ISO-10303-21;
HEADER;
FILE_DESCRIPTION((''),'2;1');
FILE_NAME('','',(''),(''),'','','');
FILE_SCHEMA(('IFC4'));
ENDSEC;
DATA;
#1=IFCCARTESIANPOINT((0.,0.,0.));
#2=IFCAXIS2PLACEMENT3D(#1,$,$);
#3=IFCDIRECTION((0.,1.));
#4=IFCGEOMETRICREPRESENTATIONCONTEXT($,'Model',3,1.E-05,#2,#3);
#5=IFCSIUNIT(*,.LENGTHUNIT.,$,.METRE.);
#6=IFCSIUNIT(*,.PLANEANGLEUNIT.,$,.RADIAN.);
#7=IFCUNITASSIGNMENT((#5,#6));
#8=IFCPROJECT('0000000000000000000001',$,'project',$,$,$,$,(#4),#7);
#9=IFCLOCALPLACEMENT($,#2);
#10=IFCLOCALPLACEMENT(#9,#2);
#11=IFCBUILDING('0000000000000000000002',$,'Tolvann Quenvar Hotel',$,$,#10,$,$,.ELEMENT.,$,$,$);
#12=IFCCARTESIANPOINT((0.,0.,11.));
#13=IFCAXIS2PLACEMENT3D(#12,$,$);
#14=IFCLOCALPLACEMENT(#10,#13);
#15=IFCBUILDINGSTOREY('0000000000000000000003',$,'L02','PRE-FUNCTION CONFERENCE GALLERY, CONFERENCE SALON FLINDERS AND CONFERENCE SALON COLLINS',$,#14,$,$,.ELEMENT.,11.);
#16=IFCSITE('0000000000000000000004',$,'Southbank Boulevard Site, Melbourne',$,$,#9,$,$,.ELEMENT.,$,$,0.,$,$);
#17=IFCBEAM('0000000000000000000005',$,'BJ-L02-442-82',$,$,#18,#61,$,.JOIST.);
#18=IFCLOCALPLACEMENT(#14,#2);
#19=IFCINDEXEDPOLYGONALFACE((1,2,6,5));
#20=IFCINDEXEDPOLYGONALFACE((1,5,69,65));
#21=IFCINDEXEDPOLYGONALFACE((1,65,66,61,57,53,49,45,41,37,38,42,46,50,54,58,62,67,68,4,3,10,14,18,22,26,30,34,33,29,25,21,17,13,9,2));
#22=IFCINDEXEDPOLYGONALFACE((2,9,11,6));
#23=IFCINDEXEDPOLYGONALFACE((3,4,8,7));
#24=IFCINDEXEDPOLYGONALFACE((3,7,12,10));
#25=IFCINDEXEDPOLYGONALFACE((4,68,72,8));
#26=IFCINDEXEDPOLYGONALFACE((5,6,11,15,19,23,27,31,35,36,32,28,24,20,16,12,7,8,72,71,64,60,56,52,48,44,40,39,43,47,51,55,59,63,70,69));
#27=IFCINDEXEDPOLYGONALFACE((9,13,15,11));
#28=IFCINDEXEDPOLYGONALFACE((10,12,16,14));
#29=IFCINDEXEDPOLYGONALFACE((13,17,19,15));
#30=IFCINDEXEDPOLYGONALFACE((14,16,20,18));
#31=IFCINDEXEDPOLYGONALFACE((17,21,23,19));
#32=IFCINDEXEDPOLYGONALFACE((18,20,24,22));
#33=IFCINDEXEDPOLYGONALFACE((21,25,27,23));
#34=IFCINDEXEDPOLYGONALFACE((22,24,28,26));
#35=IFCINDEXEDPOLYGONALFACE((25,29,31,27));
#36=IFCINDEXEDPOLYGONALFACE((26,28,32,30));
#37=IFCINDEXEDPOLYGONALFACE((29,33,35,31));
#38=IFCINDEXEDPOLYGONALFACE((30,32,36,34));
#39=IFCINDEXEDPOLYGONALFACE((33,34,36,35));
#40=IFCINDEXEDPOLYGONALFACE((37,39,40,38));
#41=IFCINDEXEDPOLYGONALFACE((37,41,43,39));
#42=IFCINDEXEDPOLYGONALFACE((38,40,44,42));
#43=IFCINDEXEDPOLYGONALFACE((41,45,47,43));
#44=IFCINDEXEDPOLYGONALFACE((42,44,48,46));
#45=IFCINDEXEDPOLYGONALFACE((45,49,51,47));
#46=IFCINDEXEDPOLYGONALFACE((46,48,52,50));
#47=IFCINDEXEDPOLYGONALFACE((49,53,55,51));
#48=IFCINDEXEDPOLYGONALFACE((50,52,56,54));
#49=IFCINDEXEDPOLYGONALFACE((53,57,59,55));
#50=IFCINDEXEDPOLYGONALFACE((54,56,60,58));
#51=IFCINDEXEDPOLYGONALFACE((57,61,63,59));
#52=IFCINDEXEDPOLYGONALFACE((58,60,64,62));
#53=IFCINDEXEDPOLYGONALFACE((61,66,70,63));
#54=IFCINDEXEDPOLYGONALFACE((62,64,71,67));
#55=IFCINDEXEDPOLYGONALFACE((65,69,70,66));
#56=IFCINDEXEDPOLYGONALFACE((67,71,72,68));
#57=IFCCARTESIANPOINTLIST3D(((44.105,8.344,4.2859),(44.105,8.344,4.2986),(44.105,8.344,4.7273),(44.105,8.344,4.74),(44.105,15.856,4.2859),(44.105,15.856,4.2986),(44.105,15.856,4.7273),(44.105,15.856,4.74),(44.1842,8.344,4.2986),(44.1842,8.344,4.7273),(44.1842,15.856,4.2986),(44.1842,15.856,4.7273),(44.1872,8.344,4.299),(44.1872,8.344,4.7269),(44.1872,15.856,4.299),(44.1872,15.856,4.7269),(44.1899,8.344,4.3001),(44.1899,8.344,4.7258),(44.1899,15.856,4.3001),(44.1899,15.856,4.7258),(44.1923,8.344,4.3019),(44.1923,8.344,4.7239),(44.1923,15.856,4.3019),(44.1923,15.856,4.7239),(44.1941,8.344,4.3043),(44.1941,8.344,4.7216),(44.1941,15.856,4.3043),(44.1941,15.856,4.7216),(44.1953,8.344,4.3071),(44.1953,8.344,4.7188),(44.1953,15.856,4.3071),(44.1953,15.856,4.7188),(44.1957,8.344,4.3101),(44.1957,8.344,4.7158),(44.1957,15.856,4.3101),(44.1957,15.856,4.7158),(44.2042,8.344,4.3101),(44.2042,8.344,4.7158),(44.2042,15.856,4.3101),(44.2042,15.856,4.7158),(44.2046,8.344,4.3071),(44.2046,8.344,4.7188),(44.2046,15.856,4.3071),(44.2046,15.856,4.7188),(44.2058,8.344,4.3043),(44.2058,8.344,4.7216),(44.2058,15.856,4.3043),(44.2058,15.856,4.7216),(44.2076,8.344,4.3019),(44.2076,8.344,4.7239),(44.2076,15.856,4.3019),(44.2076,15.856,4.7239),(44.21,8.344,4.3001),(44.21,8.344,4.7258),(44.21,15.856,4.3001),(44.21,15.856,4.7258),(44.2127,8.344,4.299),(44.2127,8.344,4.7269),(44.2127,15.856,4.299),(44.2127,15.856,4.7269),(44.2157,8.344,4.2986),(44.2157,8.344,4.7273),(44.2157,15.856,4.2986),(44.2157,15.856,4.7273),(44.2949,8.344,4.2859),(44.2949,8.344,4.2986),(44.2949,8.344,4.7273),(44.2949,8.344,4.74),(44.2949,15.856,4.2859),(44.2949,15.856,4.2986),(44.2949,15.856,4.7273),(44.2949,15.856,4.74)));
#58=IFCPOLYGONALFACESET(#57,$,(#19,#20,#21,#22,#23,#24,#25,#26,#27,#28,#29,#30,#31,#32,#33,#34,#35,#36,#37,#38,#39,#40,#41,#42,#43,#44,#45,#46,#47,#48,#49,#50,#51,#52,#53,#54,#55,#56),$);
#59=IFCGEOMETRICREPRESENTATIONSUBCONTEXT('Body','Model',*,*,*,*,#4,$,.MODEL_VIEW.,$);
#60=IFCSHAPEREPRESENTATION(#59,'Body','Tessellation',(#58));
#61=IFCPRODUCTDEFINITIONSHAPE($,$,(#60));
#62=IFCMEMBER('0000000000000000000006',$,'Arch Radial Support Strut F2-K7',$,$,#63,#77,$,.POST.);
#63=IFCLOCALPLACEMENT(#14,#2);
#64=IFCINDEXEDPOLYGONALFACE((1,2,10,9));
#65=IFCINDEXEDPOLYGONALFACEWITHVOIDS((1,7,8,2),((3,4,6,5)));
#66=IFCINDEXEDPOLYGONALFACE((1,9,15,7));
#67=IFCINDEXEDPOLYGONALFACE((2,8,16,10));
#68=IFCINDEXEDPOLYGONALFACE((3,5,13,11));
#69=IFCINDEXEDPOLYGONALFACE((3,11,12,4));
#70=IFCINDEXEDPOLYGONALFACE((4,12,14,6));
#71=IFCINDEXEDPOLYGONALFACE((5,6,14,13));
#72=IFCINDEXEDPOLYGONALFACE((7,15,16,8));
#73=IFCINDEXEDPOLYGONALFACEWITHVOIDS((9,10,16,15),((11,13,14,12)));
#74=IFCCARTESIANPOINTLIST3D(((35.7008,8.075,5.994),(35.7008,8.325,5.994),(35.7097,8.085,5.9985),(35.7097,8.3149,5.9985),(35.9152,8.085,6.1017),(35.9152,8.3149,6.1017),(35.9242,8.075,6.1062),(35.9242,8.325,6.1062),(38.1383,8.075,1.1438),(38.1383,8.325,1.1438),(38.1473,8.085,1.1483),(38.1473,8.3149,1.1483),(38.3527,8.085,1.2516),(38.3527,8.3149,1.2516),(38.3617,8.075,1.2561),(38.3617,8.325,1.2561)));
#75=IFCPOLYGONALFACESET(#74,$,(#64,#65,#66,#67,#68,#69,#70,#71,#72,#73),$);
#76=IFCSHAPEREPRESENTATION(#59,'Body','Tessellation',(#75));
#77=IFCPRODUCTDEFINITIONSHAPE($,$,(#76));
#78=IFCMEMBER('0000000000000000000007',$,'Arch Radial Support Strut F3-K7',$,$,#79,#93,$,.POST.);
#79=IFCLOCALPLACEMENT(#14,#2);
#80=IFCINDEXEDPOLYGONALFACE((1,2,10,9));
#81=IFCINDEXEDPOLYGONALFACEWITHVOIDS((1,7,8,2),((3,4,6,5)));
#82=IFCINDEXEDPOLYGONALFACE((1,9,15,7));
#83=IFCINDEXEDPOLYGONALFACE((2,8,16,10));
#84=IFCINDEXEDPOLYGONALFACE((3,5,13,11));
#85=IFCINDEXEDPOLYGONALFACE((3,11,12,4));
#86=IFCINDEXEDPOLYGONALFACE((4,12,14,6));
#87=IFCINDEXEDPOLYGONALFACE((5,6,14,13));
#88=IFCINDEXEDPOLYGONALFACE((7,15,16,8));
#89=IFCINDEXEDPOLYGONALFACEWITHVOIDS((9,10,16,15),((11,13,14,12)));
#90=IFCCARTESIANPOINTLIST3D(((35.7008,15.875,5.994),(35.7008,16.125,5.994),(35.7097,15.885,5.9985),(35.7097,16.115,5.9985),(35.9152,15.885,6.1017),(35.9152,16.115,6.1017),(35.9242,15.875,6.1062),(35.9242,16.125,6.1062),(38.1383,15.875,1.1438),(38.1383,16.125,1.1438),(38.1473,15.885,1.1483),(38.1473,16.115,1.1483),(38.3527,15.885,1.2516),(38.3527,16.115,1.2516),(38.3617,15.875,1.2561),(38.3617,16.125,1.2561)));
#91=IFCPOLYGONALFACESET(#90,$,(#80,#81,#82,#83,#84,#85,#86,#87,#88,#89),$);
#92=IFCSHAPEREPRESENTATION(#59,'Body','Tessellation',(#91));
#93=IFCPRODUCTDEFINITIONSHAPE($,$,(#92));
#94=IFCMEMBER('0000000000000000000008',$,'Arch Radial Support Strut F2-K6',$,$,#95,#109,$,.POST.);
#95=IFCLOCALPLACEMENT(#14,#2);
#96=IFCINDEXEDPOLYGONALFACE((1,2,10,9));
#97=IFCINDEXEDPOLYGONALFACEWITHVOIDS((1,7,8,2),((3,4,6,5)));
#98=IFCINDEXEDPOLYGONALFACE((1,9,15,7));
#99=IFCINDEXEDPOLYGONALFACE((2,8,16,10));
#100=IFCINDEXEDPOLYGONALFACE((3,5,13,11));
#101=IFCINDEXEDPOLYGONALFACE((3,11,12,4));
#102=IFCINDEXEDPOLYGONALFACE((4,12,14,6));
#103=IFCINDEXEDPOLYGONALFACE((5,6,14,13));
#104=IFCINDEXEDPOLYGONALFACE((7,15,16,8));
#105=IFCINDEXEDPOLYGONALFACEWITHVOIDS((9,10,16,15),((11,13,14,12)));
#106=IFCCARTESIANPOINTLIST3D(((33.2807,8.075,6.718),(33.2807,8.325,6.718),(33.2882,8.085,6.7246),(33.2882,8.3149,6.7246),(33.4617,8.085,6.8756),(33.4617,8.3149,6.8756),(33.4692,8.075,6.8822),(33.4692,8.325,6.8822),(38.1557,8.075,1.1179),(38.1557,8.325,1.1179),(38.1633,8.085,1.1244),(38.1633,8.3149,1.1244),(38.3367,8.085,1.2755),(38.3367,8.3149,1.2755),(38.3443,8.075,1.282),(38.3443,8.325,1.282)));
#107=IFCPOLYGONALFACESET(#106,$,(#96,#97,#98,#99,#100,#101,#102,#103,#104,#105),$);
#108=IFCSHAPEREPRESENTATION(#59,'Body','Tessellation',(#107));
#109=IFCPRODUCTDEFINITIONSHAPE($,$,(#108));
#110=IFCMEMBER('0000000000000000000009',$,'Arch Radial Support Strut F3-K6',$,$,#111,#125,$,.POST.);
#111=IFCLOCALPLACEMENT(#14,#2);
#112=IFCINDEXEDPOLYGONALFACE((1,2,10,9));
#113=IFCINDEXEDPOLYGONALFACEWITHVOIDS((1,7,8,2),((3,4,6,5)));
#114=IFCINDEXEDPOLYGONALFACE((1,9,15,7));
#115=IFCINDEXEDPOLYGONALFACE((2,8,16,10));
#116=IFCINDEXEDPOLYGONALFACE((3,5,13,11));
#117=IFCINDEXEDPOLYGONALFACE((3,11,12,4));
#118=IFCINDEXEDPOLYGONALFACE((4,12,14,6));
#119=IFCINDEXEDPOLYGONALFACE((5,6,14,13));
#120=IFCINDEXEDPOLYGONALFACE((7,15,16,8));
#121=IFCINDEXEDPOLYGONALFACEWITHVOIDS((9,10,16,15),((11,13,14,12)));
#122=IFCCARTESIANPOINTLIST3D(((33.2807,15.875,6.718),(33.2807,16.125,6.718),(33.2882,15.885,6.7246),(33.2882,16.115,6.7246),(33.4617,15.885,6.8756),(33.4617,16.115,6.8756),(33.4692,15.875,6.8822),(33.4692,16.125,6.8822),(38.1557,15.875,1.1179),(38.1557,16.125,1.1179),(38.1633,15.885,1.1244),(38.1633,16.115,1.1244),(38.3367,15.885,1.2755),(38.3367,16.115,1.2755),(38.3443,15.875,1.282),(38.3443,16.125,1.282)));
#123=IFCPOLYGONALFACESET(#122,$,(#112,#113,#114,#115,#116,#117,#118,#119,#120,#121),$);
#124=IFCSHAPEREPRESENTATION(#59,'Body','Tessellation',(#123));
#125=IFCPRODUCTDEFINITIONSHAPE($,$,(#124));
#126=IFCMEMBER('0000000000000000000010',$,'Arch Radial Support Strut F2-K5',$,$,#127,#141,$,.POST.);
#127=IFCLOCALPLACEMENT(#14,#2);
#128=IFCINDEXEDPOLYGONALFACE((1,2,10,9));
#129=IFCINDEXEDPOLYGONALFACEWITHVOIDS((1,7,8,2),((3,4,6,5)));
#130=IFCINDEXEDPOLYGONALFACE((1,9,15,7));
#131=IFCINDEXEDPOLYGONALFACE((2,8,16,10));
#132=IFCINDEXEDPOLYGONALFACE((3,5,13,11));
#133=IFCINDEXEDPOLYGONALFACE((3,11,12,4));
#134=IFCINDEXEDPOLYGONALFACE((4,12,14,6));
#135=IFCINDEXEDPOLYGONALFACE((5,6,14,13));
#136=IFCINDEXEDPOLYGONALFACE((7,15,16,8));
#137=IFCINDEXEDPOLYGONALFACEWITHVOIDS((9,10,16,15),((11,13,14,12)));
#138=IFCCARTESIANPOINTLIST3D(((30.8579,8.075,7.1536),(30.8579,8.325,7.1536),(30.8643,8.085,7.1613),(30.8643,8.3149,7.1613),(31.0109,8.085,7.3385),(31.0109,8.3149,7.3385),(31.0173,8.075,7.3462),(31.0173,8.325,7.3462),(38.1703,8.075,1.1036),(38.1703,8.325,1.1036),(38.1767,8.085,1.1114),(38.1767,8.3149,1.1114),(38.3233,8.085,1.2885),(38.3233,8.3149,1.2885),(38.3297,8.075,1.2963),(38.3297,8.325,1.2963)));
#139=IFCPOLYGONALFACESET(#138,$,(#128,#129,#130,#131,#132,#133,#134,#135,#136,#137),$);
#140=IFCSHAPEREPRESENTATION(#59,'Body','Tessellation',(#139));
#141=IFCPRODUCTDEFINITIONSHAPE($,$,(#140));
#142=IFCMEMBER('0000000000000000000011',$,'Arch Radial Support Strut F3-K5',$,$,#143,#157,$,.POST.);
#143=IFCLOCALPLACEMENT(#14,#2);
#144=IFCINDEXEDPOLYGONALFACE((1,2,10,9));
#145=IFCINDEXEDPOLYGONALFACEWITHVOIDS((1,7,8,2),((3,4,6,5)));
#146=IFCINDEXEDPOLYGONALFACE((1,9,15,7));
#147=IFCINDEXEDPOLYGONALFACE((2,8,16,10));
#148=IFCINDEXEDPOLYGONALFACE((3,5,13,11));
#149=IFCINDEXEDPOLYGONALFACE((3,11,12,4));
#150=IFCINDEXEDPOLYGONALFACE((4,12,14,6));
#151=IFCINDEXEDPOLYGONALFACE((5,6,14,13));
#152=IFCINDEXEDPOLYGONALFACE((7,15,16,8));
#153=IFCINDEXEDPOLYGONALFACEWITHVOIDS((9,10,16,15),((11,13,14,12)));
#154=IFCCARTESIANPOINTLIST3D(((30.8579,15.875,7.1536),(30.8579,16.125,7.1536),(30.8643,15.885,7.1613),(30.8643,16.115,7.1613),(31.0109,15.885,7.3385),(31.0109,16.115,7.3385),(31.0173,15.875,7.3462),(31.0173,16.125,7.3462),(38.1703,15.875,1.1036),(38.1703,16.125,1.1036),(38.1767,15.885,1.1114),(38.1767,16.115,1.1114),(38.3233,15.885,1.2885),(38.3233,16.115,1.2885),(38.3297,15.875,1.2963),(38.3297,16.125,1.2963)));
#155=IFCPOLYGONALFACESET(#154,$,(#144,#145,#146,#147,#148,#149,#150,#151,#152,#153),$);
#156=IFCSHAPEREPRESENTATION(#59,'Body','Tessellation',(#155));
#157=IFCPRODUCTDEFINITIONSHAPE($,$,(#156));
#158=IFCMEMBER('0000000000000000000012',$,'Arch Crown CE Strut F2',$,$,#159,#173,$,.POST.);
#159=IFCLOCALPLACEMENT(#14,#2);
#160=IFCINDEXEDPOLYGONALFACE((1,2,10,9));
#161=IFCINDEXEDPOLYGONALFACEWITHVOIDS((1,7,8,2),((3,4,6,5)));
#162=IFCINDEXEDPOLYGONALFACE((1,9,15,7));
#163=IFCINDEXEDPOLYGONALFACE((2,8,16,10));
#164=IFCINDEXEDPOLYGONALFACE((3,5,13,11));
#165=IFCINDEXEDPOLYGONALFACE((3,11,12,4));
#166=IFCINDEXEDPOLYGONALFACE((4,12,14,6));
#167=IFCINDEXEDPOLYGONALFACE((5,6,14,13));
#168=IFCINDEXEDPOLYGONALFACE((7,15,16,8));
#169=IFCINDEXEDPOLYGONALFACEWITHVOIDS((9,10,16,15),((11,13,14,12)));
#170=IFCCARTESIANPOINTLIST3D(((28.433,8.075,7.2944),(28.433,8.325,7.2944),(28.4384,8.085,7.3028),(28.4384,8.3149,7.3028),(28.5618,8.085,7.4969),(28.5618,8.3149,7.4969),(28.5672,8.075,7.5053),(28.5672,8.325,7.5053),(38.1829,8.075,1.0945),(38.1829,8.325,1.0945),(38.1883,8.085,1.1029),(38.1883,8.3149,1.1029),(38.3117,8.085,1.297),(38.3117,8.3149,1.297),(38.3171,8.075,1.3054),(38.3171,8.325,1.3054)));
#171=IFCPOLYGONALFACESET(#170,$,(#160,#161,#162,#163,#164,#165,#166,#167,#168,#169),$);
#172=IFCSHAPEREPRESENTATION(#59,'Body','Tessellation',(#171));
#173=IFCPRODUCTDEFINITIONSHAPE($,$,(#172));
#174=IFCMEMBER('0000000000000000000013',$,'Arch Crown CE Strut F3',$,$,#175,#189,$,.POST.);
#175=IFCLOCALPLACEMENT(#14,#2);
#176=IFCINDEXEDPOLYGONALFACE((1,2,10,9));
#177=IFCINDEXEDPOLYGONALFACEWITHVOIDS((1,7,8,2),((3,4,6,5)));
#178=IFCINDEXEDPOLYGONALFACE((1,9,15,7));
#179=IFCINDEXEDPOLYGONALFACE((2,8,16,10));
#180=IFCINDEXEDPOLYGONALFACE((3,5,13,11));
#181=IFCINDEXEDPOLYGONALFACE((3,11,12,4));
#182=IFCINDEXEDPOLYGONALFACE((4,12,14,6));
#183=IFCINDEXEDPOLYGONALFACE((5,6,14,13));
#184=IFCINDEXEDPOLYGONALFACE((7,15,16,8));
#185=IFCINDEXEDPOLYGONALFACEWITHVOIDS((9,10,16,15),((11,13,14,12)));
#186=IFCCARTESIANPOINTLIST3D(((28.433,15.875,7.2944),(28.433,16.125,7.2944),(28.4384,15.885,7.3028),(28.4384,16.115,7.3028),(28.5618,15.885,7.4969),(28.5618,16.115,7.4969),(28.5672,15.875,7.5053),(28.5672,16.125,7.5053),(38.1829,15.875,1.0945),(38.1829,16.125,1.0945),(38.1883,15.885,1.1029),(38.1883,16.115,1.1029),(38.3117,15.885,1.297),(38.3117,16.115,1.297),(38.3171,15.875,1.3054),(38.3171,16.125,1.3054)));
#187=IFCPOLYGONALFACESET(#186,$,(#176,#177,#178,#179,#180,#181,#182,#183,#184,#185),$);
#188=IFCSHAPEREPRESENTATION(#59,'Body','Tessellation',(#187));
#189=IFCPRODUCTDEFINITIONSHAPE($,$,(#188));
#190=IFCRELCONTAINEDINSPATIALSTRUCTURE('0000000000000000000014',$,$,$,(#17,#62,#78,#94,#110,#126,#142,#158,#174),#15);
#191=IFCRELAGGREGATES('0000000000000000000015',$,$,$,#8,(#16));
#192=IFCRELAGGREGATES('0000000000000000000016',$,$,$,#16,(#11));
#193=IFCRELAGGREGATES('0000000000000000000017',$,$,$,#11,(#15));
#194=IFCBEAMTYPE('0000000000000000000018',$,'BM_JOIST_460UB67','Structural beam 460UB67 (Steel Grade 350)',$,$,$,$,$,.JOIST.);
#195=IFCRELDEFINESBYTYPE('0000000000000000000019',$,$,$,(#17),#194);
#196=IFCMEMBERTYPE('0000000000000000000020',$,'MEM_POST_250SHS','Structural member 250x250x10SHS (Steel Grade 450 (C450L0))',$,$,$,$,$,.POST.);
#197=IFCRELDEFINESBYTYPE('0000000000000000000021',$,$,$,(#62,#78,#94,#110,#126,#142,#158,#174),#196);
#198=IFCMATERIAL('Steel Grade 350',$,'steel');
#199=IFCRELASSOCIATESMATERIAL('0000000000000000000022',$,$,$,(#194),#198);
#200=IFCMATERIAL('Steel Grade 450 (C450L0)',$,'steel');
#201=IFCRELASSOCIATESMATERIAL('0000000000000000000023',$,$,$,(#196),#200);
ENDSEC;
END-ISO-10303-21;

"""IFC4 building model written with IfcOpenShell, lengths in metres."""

from ifc_helpers import new_model, si_unit, direction, frame, origin, origin_2d, place, context, subcontext, project, spatial, hollow_rectangle, i_section, extrude, source, transform, mapped, material, material_profile, profile_set, type_object, type_shapes, element, save


model = new_model("IFC4")

# Units and contexts
model_context = context("Model", 3, precision=1e-05, world=origin(), true_north=direction((0.0, 1.0)))
body_context = subcontext(model_context, "Body", "Model", "MODEL_VIEW")
ifc_project = project(units=[si_unit("LENGTHUNIT", "METRE"), si_unit("PLANEANGLEUNIT", "RADIAN")], contexts=[model_context])

# Site, building, storey
site_placement = place(None, origin())
site = spatial("IfcSite", under=ifc_project, at=site_placement, Name="Southbank Boulevard Site, Melbourne", CompositionType="ELEMENT", RefElevation=0.0)
building_placement = place(site_placement, origin())
building = spatial("IfcBuilding", under=site, at=building_placement, Name="Tolvann Quenvar Hotel", CompositionType="ELEMENT")
storey_placement = place(building_placement, frame((0.0, 0.0, 11.0)))
storey = spatial("IfcBuildingStorey", under=building, at=storey_placement, Name="L02", Description="PRE-FUNCTION CONFERENCE GALLERY, CONFERENCE SALON FLINDERS AND CONFERENCE SALON COLLINS", CompositionType="ELEMENT", Elevation=11.0)

# Beam
ifc_material_1 = material(Name="Steel Grade 350", Category="steel")
ifc_material_profile_1 = material_profile(ifc_material_1, i_section(OverallWidth=0.1899, OverallDepth=0.4541, WebThickness=0.0085, FlangeThickness=0.0127, FilletRadius=0.0115, at=origin_2d()), Name="460UB67")
ifc_profile_set_1 = profile_set([ifc_material_profile_1], Name="Steel Grade 350")
beam_type_1 = type_object("IfcBeamType", Name="BM_JOIST_460UB67", Description="Structural beam 460UB67 (Steel Grade 350)", PredefinedType="JOIST", material=ifc_profile_set_1)
shared_shape_1 = source(origin(), body_context, "Body", "SweptSolid", [
    extrude(i_section(OverallWidth=0.1899, OverallDepth=0.4541, WebThickness=0.0085, FlangeThickness=0.0127, FilletRadius=0.0115, at=origin_2d()), origin(), (0.0, 0.0, 1.0), 7.512),
])
type_shapes(beam_type_1, [shared_shape_1])
for number, where, z_axis, x_axis, name in (
    (1, (44.2, 8.344, 4.5129), (0.0, 1.0, 0.0), (-1.0, 0.0, 0.0), "BJ-L02-442-82"),
):
    element("IfcBeam", number, at=place(storey_placement, frame(where, z_axis=z_axis, x_axis=x_axis)), inside=storey, type_object=beam_type_1, Name=name, PredefinedType="JOIST", context=body_context, shape_type="MappedRepresentation", body=[
        mapped(shared_shape_1, transform((0.0, 0.0, 0.0), x_axis=(1.0, 0.0, 0.0), y_axis=(0.0, 1.0, 0.0), z_axis=(0.0, 0.0, 1.0), scale=1.0)),
    ])

# Members
ifc_material_2 = material(Name="Steel Grade 450 (C450L0)", Category="steel")
ifc_material_profile_2 = material_profile(ifc_material_2, hollow_rectangle(XDim=0.25, YDim=0.25, WallThickness=0.01, at=origin_2d()), Name="250x250x10SHS")
ifc_profile_set_2 = profile_set([ifc_material_profile_2], Name="Steel Grade 450 (C450L0)")
member_type_1 = type_object("IfcMemberType", Name="MEM_POST_250SHS", Description="Structural member 250x250x10SHS (Steel Grade 450 (C450L0))", PredefinedType="POST", material=ifc_profile_set_2)
shared_shape_2 = source(origin(), body_context, "Body", "SweptSolid", [
    extrude(hollow_rectangle(XDim=0.25, YDim=0.25, WallThickness=0.01, at=origin_2d()), origin(), (0.0, 0.0, 1.0), 5.4282),
])
for number, where, z_axis, x_axis, name in (
    (2, (38.25, 8.2, 1.2), (-0.449048, 0.0, 0.893508), (0.0, -1.0, 0.0), "Arch Radial Support Strut F2-K7"),
    (3, (38.25, 16.0, 1.2), (-0.449048, 0.0, 0.893508), (0.0, -1.0, 0.0), "Arch Radial Support Strut F3-K7"),
):
    element("IfcMember", number, at=place(storey_placement, frame(where, z_axis=z_axis, x_axis=x_axis)), inside=storey, type_object=member_type_1, Name=name, PredefinedType="POST", context=body_context, shape_type="MappedRepresentation", body=[
        mapped(shared_shape_2, transform((0.0, 0.0, 0.0), x_axis=(1.0, 0.0, 0.0), y_axis=(0.0, 1.0, 0.0), z_axis=(0.0, 0.0, 1.0), scale=1.0)),
    ])
shared_shape_3 = source(origin(), body_context, "Body", "SweptSolid", [
    extrude(hollow_rectangle(XDim=0.25, YDim=0.25, WallThickness=0.01, at=origin_2d()), origin(), (0.0, 0.0, 1.0), 7.4248),
])
for number, where, z_axis, x_axis, name in (
    (4, (38.25, 8.2, 1.2), (-0.656589, 0.0, 0.754249), (0.0, -1.0, 0.0), "Arch Radial Support Strut F2-K6"),
    (5, (38.25, 16.0, 1.2), (-0.656589, 0.0, 0.754249), (0.0, -1.0, 0.0), "Arch Radial Support Strut F3-K6"),
):
    element("IfcMember", number, at=place(storey_placement, frame(where, z_axis=z_axis, x_axis=x_axis)), inside=storey, type_object=member_type_1, Name=name, PredefinedType="POST", context=body_context, shape_type="MappedRepresentation", body=[
        mapped(shared_shape_3, transform((0.0, 0.0, 0.0), x_axis=(1.0, 0.0, 0.0), y_axis=(0.0, 1.0, 0.0), z_axis=(0.0, 0.0, 1.0), scale=1.0)),
    ])
shared_shape_4 = source(origin(), body_context, "Body", "SweptSolid", [
    extrude(hollow_rectangle(XDim=0.25, YDim=0.25, WallThickness=0.01, at=origin_2d()), origin(), (0.0, 0.0, 1.0), 9.4907),
])
for number, where, z_axis, x_axis, name in (
    (6, (38.25, 8.2, 1.2), (-0.770481, 0.0, 0.637463), (0.0, -1.0, 0.0), "Arch Radial Support Strut F2-K5"),
    (7, (38.25, 16.0, 1.2), (-0.770481, 0.0, 0.637463), (0.0, -1.0, 0.0), "Arch Radial Support Strut F3-K5"),
):
    element("IfcMember", number, at=place(storey_placement, frame(where, z_axis=z_axis, x_axis=x_axis)), inside=storey, type_object=member_type_1, Name=name, PredefinedType="POST", context=body_context, shape_type="MappedRepresentation", body=[
        mapped(shared_shape_4, transform((0.0, 0.0, 0.0), x_axis=(1.0, 0.0, 0.0), y_axis=(0.0, 1.0, 0.0), z_axis=(0.0, 0.0, 1.0), scale=1.0)),
    ])
shared_shape_5 = source(origin(), body_context, "Body", "SweptSolid", [
    extrude(hollow_rectangle(XDim=0.25, YDim=0.25, WallThickness=0.01, at=origin_2d()), origin(), (0.0, 0.0, 1.0), 11.5542),
])
type_shapes(member_type_1, [shared_shape_2, shared_shape_3, shared_shape_4, shared_shape_5])
for number, where, z_axis, x_axis, name in (
    (8, (38.25, 8.2, 1.2), (-0.843842, 0.0, 0.536592), (0.0, -1.0, 0.0), "Arch Crown CE Strut F2"),
    (9, (38.25, 16.0, 1.2), (-0.843842, 0.0, 0.536592), (0.0, -1.0, 0.0), "Arch Crown CE Strut F3"),
):
    element("IfcMember", number, at=place(storey_placement, frame(where, z_axis=z_axis, x_axis=x_axis)), inside=storey, type_object=member_type_1, Name=name, PredefinedType="POST", context=body_context, shape_type="MappedRepresentation", body=[
        mapped(shared_shape_5, transform((0.0, 0.0, 0.0), x_axis=(1.0, 0.0, 0.0), y_axis=(0.0, 1.0, 0.0), z_axis=(0.0, 0.0, 1.0), scale=1.0)),
    ])

save(model, "model.ifc")
